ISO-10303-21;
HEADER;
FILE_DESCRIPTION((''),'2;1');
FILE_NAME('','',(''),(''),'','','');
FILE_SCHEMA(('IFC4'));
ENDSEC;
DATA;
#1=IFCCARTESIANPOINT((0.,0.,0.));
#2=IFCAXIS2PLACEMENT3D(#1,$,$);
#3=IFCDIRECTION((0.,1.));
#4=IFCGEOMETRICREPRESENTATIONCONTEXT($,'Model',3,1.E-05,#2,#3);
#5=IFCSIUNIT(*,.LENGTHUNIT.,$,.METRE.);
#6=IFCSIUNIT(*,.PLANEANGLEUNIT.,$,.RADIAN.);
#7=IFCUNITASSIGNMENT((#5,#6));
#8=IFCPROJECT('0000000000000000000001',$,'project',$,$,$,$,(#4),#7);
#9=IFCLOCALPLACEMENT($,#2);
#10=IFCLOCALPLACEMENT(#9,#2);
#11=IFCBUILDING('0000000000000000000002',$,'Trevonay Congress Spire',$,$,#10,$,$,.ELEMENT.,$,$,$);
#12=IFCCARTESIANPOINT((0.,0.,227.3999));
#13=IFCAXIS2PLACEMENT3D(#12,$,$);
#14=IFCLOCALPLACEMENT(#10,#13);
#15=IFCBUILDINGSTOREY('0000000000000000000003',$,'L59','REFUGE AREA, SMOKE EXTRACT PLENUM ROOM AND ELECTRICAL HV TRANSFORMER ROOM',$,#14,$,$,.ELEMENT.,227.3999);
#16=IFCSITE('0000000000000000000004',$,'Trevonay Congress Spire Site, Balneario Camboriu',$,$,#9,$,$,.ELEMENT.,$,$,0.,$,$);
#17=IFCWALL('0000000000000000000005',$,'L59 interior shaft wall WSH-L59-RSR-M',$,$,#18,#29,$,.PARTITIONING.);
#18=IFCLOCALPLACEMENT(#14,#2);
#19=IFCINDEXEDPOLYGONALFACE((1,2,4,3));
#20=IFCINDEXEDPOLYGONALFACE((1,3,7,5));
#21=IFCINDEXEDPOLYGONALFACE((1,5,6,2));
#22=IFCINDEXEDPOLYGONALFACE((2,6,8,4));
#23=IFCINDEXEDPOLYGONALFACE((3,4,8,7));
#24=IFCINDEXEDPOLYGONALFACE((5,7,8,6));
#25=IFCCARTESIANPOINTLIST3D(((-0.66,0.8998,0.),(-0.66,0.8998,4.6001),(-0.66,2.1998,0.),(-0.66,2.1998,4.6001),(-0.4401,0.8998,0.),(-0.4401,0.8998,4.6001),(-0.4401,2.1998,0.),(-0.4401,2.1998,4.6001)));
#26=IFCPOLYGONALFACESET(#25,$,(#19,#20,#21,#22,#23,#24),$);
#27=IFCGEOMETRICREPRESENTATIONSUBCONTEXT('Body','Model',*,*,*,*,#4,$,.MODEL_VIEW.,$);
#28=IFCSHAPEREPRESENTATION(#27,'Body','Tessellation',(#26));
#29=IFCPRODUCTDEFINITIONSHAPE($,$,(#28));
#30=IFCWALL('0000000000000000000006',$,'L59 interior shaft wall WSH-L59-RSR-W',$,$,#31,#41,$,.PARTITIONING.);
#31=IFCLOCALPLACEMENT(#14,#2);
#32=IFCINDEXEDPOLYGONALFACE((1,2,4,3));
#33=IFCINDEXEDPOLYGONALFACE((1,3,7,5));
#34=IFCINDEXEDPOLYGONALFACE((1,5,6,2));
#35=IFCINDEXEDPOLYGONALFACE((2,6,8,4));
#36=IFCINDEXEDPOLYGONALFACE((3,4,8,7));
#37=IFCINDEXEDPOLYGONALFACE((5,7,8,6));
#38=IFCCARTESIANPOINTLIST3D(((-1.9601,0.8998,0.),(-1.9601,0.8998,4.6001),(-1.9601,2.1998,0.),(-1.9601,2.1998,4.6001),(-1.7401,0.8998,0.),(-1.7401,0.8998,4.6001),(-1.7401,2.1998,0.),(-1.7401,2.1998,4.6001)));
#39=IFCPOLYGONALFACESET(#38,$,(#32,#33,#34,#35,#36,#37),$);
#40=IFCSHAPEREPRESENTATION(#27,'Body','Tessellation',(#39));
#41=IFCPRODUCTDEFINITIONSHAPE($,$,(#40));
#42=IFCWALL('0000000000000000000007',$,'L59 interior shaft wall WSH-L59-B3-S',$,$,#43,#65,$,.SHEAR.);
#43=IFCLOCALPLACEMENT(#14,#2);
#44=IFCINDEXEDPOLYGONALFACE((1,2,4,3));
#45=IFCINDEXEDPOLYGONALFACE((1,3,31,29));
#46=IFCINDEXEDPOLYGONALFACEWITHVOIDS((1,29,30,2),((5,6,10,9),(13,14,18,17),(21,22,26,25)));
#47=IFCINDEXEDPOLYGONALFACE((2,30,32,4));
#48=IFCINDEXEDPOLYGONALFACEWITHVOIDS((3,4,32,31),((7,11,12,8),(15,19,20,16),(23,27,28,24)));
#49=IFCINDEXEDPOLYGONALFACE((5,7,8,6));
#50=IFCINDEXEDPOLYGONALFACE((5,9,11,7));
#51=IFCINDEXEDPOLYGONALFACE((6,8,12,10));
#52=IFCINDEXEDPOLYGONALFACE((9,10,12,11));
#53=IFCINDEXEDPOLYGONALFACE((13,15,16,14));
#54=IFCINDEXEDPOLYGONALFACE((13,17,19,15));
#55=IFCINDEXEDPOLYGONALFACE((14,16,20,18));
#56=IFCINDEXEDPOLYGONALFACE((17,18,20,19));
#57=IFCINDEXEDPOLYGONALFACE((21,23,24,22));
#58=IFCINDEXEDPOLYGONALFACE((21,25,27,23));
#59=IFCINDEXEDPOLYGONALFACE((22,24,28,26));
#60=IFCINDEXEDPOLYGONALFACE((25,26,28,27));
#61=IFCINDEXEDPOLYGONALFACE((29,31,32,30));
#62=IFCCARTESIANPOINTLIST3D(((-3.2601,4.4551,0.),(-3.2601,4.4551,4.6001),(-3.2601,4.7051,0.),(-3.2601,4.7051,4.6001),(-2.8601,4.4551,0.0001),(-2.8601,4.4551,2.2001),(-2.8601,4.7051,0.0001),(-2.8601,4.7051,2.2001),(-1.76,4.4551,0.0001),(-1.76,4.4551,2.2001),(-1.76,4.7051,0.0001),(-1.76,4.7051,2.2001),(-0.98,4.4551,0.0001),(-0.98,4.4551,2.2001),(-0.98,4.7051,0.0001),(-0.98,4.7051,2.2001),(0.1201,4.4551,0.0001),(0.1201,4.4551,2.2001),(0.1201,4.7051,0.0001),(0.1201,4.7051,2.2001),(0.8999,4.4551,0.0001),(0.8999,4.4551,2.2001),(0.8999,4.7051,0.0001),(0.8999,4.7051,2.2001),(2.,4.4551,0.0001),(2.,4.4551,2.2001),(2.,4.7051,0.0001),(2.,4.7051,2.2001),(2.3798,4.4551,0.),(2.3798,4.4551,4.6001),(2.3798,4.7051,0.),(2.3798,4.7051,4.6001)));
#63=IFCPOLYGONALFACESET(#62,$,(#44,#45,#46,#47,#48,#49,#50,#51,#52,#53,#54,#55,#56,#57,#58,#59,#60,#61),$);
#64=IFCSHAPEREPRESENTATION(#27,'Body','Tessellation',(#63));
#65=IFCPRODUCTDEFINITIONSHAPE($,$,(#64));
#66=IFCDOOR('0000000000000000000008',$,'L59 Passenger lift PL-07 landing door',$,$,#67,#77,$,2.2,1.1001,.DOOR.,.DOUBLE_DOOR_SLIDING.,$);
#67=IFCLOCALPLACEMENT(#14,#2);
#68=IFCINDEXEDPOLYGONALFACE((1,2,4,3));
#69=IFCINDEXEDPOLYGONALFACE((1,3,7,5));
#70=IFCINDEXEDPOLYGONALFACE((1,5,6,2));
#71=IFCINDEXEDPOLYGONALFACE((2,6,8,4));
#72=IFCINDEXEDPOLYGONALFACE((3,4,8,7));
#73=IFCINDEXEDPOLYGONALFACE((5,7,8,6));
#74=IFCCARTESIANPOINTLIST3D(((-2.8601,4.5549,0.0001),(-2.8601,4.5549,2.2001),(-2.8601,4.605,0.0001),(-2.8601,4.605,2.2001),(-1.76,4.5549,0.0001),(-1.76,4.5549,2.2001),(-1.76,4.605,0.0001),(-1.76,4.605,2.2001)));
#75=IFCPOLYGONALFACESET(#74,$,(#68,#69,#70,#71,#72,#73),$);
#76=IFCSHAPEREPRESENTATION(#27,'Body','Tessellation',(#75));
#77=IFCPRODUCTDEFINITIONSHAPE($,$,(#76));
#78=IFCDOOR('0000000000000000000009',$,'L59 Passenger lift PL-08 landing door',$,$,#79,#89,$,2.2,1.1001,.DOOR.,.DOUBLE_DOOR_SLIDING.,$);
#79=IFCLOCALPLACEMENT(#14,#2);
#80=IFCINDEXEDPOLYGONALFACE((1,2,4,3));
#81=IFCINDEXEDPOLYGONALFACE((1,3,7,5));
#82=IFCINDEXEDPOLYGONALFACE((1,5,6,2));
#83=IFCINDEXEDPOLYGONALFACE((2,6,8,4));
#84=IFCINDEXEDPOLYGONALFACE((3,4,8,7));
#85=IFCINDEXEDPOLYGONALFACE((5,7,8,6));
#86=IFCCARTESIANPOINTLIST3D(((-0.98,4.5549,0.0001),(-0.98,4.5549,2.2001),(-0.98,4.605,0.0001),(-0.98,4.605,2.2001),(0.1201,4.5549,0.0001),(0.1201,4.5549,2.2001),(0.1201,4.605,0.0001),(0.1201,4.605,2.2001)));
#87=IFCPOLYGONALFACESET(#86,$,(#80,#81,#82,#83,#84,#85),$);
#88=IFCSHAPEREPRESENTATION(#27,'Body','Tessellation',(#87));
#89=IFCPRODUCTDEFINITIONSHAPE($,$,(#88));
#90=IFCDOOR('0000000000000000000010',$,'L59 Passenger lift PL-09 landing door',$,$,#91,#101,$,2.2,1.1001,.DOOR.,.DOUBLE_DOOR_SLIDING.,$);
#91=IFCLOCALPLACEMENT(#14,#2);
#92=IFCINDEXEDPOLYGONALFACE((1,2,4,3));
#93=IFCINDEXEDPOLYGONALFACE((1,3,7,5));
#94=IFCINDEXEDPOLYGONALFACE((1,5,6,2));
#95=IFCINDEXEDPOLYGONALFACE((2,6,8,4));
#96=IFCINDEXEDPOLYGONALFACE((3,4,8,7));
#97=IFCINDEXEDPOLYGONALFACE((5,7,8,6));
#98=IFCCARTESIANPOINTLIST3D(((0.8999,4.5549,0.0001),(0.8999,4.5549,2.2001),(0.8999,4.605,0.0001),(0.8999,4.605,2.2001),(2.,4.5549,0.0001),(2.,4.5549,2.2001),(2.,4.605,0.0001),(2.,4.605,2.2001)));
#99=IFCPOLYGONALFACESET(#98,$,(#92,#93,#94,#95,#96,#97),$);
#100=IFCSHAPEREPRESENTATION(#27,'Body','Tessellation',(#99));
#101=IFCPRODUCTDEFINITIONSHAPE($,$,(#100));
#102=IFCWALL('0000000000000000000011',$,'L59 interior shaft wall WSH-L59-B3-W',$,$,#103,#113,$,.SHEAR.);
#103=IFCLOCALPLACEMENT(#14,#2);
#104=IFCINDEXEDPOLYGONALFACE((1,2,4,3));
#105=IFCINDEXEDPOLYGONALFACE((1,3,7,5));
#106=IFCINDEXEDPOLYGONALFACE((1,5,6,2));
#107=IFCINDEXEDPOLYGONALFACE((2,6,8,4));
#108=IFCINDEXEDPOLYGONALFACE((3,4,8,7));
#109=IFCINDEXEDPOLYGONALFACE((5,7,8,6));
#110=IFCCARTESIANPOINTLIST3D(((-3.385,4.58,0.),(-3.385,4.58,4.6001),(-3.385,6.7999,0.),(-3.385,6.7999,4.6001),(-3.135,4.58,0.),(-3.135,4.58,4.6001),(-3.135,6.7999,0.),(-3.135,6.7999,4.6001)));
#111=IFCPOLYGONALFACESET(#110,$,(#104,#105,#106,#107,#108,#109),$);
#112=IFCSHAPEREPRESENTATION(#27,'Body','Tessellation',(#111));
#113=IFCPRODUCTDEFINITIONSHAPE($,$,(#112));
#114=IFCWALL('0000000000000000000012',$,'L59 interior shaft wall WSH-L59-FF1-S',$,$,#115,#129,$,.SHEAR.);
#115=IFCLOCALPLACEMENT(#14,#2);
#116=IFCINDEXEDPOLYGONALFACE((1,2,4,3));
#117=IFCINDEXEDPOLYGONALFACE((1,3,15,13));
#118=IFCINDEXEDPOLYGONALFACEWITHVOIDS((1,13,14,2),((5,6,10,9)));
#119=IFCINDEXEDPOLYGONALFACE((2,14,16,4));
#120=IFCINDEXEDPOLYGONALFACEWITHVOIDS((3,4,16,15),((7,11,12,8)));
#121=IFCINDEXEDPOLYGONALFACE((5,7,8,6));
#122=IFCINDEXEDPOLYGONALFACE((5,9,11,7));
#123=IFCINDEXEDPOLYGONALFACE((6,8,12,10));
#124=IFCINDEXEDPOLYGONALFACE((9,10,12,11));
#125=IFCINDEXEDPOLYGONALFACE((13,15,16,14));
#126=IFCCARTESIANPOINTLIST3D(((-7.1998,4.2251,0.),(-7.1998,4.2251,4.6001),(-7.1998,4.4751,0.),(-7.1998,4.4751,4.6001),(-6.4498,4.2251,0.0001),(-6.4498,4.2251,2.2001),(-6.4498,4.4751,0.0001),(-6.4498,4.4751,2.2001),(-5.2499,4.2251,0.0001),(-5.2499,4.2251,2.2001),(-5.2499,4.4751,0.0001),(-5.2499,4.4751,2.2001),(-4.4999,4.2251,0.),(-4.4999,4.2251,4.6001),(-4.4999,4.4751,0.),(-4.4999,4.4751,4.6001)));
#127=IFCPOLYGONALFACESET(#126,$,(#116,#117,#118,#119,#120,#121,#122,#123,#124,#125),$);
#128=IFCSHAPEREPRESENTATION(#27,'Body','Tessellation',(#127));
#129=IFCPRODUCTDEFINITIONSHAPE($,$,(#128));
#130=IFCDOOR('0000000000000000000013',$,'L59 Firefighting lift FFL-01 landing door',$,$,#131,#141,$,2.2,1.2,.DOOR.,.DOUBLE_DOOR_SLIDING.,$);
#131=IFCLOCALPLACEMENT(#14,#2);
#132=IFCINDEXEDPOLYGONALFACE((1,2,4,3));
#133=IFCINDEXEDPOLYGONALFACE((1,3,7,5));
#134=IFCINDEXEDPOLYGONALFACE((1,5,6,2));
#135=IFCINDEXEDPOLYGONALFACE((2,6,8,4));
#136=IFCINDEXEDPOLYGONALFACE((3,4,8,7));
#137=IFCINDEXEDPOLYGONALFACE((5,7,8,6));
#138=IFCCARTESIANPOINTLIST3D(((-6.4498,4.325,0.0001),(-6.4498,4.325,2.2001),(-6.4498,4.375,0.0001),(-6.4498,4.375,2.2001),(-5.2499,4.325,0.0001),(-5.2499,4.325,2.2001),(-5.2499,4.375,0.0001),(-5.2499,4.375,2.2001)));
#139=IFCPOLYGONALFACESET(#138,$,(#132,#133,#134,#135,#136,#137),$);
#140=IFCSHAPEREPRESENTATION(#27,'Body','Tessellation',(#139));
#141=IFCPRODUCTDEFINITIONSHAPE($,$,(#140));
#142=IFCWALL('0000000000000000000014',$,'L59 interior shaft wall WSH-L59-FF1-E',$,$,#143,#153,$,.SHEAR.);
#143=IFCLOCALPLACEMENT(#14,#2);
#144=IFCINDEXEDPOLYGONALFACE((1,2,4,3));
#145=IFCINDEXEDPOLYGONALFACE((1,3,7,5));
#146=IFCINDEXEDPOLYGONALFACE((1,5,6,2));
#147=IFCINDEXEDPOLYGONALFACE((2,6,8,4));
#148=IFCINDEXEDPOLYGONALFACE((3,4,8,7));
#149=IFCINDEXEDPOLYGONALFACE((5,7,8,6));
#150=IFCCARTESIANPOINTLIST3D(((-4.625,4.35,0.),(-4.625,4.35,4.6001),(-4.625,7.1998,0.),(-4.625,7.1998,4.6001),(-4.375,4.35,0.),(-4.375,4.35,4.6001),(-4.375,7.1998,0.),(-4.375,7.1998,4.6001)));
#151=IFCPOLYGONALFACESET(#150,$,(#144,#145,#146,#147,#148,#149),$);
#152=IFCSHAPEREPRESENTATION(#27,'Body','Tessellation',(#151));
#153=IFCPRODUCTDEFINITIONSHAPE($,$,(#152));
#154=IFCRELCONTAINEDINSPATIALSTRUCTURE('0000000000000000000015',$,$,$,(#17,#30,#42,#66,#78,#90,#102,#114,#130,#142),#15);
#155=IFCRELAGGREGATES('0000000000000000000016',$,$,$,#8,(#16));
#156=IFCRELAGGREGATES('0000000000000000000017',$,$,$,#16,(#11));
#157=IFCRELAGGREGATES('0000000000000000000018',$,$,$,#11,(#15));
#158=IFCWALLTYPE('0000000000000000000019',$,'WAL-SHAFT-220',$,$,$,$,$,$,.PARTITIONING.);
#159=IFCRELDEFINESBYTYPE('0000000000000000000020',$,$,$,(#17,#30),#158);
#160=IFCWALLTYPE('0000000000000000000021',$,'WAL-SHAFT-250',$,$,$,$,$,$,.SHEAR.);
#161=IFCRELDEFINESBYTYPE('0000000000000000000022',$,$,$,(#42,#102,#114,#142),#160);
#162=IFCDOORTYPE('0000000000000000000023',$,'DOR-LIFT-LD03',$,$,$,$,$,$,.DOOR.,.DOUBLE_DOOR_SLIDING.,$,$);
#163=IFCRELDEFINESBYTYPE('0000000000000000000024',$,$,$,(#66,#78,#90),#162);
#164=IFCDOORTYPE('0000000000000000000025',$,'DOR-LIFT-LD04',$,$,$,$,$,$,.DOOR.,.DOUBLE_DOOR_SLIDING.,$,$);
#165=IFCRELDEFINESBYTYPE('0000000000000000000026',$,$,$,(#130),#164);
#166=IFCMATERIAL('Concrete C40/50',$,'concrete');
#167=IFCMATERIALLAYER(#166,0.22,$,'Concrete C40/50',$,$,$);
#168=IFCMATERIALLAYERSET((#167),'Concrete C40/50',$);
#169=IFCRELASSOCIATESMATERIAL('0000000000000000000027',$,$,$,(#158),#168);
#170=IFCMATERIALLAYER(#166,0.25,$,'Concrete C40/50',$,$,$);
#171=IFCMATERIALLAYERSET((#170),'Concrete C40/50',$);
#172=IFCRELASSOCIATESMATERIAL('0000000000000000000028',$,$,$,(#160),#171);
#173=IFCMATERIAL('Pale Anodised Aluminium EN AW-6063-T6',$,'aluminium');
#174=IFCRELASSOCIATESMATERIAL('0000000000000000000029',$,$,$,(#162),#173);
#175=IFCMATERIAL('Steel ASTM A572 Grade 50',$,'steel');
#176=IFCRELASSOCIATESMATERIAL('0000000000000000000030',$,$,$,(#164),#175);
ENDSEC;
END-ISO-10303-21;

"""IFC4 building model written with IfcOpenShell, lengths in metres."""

from ifc_helpers import new_model, si_unit, direction, frame, frame_2d, origin, place, context, subcontext, project, spatial, rectangle, extrude, material, layer, layer_set, type_object, element, fill, save


model = new_model("IFC4")

# Units and contexts
model_context = context("Model", 3, precision=1e-05, world=origin(), true_north=direction((0.0, 1.0)))
body_context = subcontext(model_context, "Body", "Model", "MODEL_VIEW")
ifc_project = project(units=[si_unit("LENGTHUNIT", "METRE"), si_unit("PLANEANGLEUNIT", "RADIAN")], contexts=[model_context])

# Site, building, storey
site_placement = place(None, origin())
site = spatial("IfcSite", under=ifc_project, at=site_placement, Name="Trevonay Congress Spire Site, Balneario Camboriu", CompositionType="ELEMENT", RefElevation=0.0)
building_placement = place(site_placement, origin())
building = spatial("IfcBuilding", under=site, at=building_placement, Name="Trevonay Congress Spire", CompositionType="ELEMENT")
storey_placement = place(building_placement, frame((0.0, 0.0, 227.3999)))
storey = spatial("IfcBuildingStorey", under=building, at=storey_placement, Name="L59", Description="REFUGE AREA, SMOKE EXTRACT PLENUM ROOM AND ELECTRICAL HV TRANSFORMER ROOM", CompositionType="ELEMENT", Elevation=227.3999)

# Shared definitions
ifc_material_1 = material(Name="Steel ASTM A572 Grade 50", Category="steel")

# Shared definitions
ifc_material_2 = material(Name="Concrete C40/50", Category="concrete")

# Walls
ifc_layer_1 = layer(ifc_material_2, 0.22, Name="Concrete C40/50")
ifc_layer_set_1 = layer_set([ifc_layer_1], Name="Concrete C40/50")
wall_type_1 = type_object("IfcWallType", Name="WAL-SHAFT-220", PredefinedType="PARTITIONING", material=ifc_layer_set_1)
for number, where, z_axis, x_axis, name in (
    (1, (-0.55, 0.8999, 0.0), (0.0, 0.0, 1.0), (0.0, 1.0, 0.0), "L59 interior shaft wall WSH-L59-RSR-M"),
    (2, (-1.8501, 0.8999, 0.0), (0.0, 0.0, 1.0), (0.0, 1.0, 0.0), "L59 interior shaft wall WSH-L59-RSR-W"),
):
    element("IfcWall", number, at=place(storey_placement, frame(where, z_axis=z_axis, x_axis=x_axis)), inside=storey, type_object=wall_type_1, Name=name, PredefinedType="PARTITIONING", context=body_context, shape_type="SweptSolid", body=[
        extrude(rectangle(XDim=1.3, YDim=0.22, at=frame_2d((0.6499, 0.0))), origin(), (0.0, 0.0, 1.0), 4.6001),
    ])

# Wall, openings, doors
ifc_layer_2 = layer(ifc_material_2, 0.25, Name="Concrete C40/50")
ifc_layer_set_2 = layer_set([ifc_layer_2], Name="Concrete C40/50")
wall_type_2 = type_object("IfcWallType", Name="WAL-SHAFT-250", PredefinedType="SHEAR", material=ifc_layer_set_2)
wall_1_placement = place(storey_placement, frame((-3.26, 4.5801, 0.0), z_axis=(0.0, 0.0, 1.0), x_axis=(1.0, 0.0, 0.0)))
wall_1 = element("IfcWall", 3, at=wall_1_placement, inside=storey, type_object=wall_type_2, Name="L59 interior shaft wall WSH-L59-B3-S", PredefinedType="SHEAR", context=body_context, shape_type="SweptSolid", body=[
    extrude(rectangle(XDim=5.6399, YDim=0.25, at=frame_2d((2.8198, 0.0))), origin(), (0.0, 0.0, 1.0), 4.6001),
])
opening_1_placement = place(wall_1_placement, frame((0.3999, 0.0, 0.0)))
opening_1 = element("IfcOpeningElement", 4, at=opening_1_placement, cuts=wall_1, PredefinedType="OPENING", context=body_context, shape_type="SweptSolid", body=[
    extrude(rectangle(XDim=1.1001, YDim=2.2, at=frame_2d((0.55, 1.1001))), frame((0.0, 0.135, 0.0), z_axis=(0.0, -1.0, 0.0), x_axis=(1.0, 0.0, 0.0)), (0.0, 0.0, 1.0), 0.27),
])
opening_2_placement = place(wall_1_placement, frame((2.28, 0.0, 0.0)))
opening_2 = element("IfcOpeningElement", 5, at=opening_2_placement, cuts=wall_1, PredefinedType="OPENING", context=body_context, shape_type="SweptSolid", body=[
    extrude(rectangle(XDim=1.1001, YDim=2.2, at=frame_2d((0.55, 1.1001))), frame((0.0, 0.135, 0.0), z_axis=(0.0, -1.0, 0.0), x_axis=(1.0, 0.0, 0.0)), (0.0, 0.0, 1.0), 0.27),
])
opening_3_placement = place(wall_1_placement, frame((4.1599, 0.0, 0.0)))
opening_3 = element("IfcOpeningElement", 6, at=opening_3_placement, cuts=wall_1, PredefinedType="OPENING", context=body_context, shape_type="SweptSolid", body=[
    extrude(rectangle(XDim=1.1001, YDim=2.2, at=frame_2d((0.55, 1.1001))), frame((0.0, 0.135, 0.0), z_axis=(0.0, -1.0, 0.0), x_axis=(1.0, 0.0, 0.0)), (0.0, 0.0, 1.0), 0.27),
])
ifc_material_3 = material(Name="Pale Anodised Aluminium EN AW-6063-T6", Category="aluminium")
door_type_1 = type_object("IfcDoorType", Name="DOR-LIFT-LD03", OperationType="DOUBLE_DOOR_SLIDING", PredefinedType="DOOR", material=ifc_material_3)
door_1_placement = place(opening_1_placement, origin())
door_1 = element("IfcDoor", 7, at=door_1_placement, inside=storey, type_object=door_type_1, Name="L59 Passenger lift PL-07 landing door", OperationType="DOUBLE_DOOR_SLIDING", OverallHeight=2.2, OverallWidth=1.1001, PredefinedType="DOOR", context=body_context, shape_type="SweptSolid", body=[
    extrude(rectangle(XDim=1.1001, YDim=2.2, at=frame_2d((0.55, 1.1001))), frame((0.0, 0.0249, 0.0), z_axis=(0.0, -1.0, 0.0), x_axis=(1.0, 0.0, 0.0)), (0.0, 0.0, 1.0), 0.05),
])
fill(opening_1, door_1)
door_2_placement = place(opening_2_placement, origin())
door_2 = element("IfcDoor", 8, at=door_2_placement, inside=storey, type_object=door_type_1, Name="L59 Passenger lift PL-08 landing door", OperationType="DOUBLE_DOOR_SLIDING", OverallHeight=2.2, OverallWidth=1.1001, PredefinedType="DOOR", context=body_context, shape_type="SweptSolid", body=[
    extrude(rectangle(XDim=1.1001, YDim=2.2, at=frame_2d((0.55, 1.1001))), frame((0.0, 0.0249, 0.0), z_axis=(0.0, -1.0, 0.0), x_axis=(1.0, 0.0, 0.0)), (0.0, 0.0, 1.0), 0.05),
])
fill(opening_2, door_2)
door_3_placement = place(opening_3_placement, origin())
door_3 = element("IfcDoor", 9, at=door_3_placement, inside=storey, type_object=door_type_1, Name="L59 Passenger lift PL-09 landing door", OperationType="DOUBLE_DOOR_SLIDING", OverallHeight=2.2, OverallWidth=1.1001, PredefinedType="DOOR", context=body_context, shape_type="SweptSolid", body=[
    extrude(rectangle(XDim=1.1001, YDim=2.2, at=frame_2d((0.55, 1.1001))), frame((0.0, 0.0249, 0.0), z_axis=(0.0, -1.0, 0.0), x_axis=(1.0, 0.0, 0.0)), (0.0, 0.0, 1.0), 0.05),
])
fill(opening_3, door_3)

# Wall
wall_2_placement = place(storey_placement, frame((-3.26, 4.5801, 0.0), z_axis=(0.0, 0.0, 1.0), x_axis=(0.0, 1.0, 0.0)))
element("IfcWall", 10, at=wall_2_placement, inside=storey, type_object=wall_type_2, Name="L59 interior shaft wall WSH-L59-B3-W", PredefinedType="SHEAR", context=body_context, shape_type="SweptSolid", body=[
    extrude(rectangle(XDim=2.22, YDim=0.25, at=frame_2d((1.1099, 0.0))), origin(), (0.0, 0.0, 1.0), 4.6001),
])

# Wall, opening, door
wall_3_placement = place(storey_placement, frame((-7.2, 4.3501, 0.0), z_axis=(0.0, 0.0, 1.0), x_axis=(1.0, 0.0, 0.0)))
wall_3 = element("IfcWall", 11, at=wall_3_placement, inside=storey, type_object=wall_type_2, Name="L59 interior shaft wall WSH-L59-FF1-S", PredefinedType="SHEAR", context=body_context, shape_type="SweptSolid", body=[
    extrude(rectangle(XDim=2.7, YDim=0.25, at=frame_2d((1.3501, 0.0))), origin(), (0.0, 0.0, 1.0), 4.6001),
])
opening_4_placement = place(wall_3_placement, frame((0.75, 0.0, 0.0)))
opening_4 = element("IfcOpeningElement", 12, at=opening_4_placement, cuts=wall_3, PredefinedType="OPENING", context=body_context, shape_type="SweptSolid", body=[
    extrude(rectangle(XDim=1.2, YDim=2.2, at=frame_2d((0.6001, 1.1001))), frame((0.0, 0.135, 0.0), z_axis=(0.0, -1.0, 0.0), x_axis=(1.0, 0.0, 0.0)), (0.0, 0.0, 1.0), 0.27),
])
door_type_2 = type_object("IfcDoorType", Name="DOR-LIFT-LD04", OperationType="DOUBLE_DOOR_SLIDING", PredefinedType="DOOR", material=ifc_material_1)
door_4_placement = place(opening_4_placement, origin())
door_4 = element("IfcDoor", 13, at=door_4_placement, inside=storey, type_object=door_type_2, Name="L59 Firefighting lift FFL-01 landing door", OperationType="DOUBLE_DOOR_SLIDING", OverallHeight=2.2, OverallWidth=1.2, PredefinedType="DOOR", context=body_context, shape_type="SweptSolid", body=[
    extrude(rectangle(XDim=1.2, YDim=2.2, at=frame_2d((0.6001, 1.1001))), frame((0.0, 0.0249, 0.0), z_axis=(0.0, -1.0, 0.0), x_axis=(1.0, 0.0, 0.0)), (0.0, 0.0, 1.0), 0.05),
])
fill(opening_4, door_4)

# Wall
wall_4_placement = place(storey_placement, frame((-4.5, 4.3501, 0.0), z_axis=(0.0, 0.0, 1.0), x_axis=(0.0, 1.0, 0.0)))
element("IfcWall", 14, at=wall_4_placement, inside=storey, type_object=wall_type_2, Name="L59 interior shaft wall WSH-L59-FF1-E", PredefinedType="SHEAR", context=body_context, shape_type="SweptSolid", body=[
    extrude(rectangle(XDim=2.8499, YDim=0.25, at=frame_2d((1.4248, 0.0))), origin(), (0.0, 0.0, 1.0), 4.6001),
])

save(model, "model.ifc")
